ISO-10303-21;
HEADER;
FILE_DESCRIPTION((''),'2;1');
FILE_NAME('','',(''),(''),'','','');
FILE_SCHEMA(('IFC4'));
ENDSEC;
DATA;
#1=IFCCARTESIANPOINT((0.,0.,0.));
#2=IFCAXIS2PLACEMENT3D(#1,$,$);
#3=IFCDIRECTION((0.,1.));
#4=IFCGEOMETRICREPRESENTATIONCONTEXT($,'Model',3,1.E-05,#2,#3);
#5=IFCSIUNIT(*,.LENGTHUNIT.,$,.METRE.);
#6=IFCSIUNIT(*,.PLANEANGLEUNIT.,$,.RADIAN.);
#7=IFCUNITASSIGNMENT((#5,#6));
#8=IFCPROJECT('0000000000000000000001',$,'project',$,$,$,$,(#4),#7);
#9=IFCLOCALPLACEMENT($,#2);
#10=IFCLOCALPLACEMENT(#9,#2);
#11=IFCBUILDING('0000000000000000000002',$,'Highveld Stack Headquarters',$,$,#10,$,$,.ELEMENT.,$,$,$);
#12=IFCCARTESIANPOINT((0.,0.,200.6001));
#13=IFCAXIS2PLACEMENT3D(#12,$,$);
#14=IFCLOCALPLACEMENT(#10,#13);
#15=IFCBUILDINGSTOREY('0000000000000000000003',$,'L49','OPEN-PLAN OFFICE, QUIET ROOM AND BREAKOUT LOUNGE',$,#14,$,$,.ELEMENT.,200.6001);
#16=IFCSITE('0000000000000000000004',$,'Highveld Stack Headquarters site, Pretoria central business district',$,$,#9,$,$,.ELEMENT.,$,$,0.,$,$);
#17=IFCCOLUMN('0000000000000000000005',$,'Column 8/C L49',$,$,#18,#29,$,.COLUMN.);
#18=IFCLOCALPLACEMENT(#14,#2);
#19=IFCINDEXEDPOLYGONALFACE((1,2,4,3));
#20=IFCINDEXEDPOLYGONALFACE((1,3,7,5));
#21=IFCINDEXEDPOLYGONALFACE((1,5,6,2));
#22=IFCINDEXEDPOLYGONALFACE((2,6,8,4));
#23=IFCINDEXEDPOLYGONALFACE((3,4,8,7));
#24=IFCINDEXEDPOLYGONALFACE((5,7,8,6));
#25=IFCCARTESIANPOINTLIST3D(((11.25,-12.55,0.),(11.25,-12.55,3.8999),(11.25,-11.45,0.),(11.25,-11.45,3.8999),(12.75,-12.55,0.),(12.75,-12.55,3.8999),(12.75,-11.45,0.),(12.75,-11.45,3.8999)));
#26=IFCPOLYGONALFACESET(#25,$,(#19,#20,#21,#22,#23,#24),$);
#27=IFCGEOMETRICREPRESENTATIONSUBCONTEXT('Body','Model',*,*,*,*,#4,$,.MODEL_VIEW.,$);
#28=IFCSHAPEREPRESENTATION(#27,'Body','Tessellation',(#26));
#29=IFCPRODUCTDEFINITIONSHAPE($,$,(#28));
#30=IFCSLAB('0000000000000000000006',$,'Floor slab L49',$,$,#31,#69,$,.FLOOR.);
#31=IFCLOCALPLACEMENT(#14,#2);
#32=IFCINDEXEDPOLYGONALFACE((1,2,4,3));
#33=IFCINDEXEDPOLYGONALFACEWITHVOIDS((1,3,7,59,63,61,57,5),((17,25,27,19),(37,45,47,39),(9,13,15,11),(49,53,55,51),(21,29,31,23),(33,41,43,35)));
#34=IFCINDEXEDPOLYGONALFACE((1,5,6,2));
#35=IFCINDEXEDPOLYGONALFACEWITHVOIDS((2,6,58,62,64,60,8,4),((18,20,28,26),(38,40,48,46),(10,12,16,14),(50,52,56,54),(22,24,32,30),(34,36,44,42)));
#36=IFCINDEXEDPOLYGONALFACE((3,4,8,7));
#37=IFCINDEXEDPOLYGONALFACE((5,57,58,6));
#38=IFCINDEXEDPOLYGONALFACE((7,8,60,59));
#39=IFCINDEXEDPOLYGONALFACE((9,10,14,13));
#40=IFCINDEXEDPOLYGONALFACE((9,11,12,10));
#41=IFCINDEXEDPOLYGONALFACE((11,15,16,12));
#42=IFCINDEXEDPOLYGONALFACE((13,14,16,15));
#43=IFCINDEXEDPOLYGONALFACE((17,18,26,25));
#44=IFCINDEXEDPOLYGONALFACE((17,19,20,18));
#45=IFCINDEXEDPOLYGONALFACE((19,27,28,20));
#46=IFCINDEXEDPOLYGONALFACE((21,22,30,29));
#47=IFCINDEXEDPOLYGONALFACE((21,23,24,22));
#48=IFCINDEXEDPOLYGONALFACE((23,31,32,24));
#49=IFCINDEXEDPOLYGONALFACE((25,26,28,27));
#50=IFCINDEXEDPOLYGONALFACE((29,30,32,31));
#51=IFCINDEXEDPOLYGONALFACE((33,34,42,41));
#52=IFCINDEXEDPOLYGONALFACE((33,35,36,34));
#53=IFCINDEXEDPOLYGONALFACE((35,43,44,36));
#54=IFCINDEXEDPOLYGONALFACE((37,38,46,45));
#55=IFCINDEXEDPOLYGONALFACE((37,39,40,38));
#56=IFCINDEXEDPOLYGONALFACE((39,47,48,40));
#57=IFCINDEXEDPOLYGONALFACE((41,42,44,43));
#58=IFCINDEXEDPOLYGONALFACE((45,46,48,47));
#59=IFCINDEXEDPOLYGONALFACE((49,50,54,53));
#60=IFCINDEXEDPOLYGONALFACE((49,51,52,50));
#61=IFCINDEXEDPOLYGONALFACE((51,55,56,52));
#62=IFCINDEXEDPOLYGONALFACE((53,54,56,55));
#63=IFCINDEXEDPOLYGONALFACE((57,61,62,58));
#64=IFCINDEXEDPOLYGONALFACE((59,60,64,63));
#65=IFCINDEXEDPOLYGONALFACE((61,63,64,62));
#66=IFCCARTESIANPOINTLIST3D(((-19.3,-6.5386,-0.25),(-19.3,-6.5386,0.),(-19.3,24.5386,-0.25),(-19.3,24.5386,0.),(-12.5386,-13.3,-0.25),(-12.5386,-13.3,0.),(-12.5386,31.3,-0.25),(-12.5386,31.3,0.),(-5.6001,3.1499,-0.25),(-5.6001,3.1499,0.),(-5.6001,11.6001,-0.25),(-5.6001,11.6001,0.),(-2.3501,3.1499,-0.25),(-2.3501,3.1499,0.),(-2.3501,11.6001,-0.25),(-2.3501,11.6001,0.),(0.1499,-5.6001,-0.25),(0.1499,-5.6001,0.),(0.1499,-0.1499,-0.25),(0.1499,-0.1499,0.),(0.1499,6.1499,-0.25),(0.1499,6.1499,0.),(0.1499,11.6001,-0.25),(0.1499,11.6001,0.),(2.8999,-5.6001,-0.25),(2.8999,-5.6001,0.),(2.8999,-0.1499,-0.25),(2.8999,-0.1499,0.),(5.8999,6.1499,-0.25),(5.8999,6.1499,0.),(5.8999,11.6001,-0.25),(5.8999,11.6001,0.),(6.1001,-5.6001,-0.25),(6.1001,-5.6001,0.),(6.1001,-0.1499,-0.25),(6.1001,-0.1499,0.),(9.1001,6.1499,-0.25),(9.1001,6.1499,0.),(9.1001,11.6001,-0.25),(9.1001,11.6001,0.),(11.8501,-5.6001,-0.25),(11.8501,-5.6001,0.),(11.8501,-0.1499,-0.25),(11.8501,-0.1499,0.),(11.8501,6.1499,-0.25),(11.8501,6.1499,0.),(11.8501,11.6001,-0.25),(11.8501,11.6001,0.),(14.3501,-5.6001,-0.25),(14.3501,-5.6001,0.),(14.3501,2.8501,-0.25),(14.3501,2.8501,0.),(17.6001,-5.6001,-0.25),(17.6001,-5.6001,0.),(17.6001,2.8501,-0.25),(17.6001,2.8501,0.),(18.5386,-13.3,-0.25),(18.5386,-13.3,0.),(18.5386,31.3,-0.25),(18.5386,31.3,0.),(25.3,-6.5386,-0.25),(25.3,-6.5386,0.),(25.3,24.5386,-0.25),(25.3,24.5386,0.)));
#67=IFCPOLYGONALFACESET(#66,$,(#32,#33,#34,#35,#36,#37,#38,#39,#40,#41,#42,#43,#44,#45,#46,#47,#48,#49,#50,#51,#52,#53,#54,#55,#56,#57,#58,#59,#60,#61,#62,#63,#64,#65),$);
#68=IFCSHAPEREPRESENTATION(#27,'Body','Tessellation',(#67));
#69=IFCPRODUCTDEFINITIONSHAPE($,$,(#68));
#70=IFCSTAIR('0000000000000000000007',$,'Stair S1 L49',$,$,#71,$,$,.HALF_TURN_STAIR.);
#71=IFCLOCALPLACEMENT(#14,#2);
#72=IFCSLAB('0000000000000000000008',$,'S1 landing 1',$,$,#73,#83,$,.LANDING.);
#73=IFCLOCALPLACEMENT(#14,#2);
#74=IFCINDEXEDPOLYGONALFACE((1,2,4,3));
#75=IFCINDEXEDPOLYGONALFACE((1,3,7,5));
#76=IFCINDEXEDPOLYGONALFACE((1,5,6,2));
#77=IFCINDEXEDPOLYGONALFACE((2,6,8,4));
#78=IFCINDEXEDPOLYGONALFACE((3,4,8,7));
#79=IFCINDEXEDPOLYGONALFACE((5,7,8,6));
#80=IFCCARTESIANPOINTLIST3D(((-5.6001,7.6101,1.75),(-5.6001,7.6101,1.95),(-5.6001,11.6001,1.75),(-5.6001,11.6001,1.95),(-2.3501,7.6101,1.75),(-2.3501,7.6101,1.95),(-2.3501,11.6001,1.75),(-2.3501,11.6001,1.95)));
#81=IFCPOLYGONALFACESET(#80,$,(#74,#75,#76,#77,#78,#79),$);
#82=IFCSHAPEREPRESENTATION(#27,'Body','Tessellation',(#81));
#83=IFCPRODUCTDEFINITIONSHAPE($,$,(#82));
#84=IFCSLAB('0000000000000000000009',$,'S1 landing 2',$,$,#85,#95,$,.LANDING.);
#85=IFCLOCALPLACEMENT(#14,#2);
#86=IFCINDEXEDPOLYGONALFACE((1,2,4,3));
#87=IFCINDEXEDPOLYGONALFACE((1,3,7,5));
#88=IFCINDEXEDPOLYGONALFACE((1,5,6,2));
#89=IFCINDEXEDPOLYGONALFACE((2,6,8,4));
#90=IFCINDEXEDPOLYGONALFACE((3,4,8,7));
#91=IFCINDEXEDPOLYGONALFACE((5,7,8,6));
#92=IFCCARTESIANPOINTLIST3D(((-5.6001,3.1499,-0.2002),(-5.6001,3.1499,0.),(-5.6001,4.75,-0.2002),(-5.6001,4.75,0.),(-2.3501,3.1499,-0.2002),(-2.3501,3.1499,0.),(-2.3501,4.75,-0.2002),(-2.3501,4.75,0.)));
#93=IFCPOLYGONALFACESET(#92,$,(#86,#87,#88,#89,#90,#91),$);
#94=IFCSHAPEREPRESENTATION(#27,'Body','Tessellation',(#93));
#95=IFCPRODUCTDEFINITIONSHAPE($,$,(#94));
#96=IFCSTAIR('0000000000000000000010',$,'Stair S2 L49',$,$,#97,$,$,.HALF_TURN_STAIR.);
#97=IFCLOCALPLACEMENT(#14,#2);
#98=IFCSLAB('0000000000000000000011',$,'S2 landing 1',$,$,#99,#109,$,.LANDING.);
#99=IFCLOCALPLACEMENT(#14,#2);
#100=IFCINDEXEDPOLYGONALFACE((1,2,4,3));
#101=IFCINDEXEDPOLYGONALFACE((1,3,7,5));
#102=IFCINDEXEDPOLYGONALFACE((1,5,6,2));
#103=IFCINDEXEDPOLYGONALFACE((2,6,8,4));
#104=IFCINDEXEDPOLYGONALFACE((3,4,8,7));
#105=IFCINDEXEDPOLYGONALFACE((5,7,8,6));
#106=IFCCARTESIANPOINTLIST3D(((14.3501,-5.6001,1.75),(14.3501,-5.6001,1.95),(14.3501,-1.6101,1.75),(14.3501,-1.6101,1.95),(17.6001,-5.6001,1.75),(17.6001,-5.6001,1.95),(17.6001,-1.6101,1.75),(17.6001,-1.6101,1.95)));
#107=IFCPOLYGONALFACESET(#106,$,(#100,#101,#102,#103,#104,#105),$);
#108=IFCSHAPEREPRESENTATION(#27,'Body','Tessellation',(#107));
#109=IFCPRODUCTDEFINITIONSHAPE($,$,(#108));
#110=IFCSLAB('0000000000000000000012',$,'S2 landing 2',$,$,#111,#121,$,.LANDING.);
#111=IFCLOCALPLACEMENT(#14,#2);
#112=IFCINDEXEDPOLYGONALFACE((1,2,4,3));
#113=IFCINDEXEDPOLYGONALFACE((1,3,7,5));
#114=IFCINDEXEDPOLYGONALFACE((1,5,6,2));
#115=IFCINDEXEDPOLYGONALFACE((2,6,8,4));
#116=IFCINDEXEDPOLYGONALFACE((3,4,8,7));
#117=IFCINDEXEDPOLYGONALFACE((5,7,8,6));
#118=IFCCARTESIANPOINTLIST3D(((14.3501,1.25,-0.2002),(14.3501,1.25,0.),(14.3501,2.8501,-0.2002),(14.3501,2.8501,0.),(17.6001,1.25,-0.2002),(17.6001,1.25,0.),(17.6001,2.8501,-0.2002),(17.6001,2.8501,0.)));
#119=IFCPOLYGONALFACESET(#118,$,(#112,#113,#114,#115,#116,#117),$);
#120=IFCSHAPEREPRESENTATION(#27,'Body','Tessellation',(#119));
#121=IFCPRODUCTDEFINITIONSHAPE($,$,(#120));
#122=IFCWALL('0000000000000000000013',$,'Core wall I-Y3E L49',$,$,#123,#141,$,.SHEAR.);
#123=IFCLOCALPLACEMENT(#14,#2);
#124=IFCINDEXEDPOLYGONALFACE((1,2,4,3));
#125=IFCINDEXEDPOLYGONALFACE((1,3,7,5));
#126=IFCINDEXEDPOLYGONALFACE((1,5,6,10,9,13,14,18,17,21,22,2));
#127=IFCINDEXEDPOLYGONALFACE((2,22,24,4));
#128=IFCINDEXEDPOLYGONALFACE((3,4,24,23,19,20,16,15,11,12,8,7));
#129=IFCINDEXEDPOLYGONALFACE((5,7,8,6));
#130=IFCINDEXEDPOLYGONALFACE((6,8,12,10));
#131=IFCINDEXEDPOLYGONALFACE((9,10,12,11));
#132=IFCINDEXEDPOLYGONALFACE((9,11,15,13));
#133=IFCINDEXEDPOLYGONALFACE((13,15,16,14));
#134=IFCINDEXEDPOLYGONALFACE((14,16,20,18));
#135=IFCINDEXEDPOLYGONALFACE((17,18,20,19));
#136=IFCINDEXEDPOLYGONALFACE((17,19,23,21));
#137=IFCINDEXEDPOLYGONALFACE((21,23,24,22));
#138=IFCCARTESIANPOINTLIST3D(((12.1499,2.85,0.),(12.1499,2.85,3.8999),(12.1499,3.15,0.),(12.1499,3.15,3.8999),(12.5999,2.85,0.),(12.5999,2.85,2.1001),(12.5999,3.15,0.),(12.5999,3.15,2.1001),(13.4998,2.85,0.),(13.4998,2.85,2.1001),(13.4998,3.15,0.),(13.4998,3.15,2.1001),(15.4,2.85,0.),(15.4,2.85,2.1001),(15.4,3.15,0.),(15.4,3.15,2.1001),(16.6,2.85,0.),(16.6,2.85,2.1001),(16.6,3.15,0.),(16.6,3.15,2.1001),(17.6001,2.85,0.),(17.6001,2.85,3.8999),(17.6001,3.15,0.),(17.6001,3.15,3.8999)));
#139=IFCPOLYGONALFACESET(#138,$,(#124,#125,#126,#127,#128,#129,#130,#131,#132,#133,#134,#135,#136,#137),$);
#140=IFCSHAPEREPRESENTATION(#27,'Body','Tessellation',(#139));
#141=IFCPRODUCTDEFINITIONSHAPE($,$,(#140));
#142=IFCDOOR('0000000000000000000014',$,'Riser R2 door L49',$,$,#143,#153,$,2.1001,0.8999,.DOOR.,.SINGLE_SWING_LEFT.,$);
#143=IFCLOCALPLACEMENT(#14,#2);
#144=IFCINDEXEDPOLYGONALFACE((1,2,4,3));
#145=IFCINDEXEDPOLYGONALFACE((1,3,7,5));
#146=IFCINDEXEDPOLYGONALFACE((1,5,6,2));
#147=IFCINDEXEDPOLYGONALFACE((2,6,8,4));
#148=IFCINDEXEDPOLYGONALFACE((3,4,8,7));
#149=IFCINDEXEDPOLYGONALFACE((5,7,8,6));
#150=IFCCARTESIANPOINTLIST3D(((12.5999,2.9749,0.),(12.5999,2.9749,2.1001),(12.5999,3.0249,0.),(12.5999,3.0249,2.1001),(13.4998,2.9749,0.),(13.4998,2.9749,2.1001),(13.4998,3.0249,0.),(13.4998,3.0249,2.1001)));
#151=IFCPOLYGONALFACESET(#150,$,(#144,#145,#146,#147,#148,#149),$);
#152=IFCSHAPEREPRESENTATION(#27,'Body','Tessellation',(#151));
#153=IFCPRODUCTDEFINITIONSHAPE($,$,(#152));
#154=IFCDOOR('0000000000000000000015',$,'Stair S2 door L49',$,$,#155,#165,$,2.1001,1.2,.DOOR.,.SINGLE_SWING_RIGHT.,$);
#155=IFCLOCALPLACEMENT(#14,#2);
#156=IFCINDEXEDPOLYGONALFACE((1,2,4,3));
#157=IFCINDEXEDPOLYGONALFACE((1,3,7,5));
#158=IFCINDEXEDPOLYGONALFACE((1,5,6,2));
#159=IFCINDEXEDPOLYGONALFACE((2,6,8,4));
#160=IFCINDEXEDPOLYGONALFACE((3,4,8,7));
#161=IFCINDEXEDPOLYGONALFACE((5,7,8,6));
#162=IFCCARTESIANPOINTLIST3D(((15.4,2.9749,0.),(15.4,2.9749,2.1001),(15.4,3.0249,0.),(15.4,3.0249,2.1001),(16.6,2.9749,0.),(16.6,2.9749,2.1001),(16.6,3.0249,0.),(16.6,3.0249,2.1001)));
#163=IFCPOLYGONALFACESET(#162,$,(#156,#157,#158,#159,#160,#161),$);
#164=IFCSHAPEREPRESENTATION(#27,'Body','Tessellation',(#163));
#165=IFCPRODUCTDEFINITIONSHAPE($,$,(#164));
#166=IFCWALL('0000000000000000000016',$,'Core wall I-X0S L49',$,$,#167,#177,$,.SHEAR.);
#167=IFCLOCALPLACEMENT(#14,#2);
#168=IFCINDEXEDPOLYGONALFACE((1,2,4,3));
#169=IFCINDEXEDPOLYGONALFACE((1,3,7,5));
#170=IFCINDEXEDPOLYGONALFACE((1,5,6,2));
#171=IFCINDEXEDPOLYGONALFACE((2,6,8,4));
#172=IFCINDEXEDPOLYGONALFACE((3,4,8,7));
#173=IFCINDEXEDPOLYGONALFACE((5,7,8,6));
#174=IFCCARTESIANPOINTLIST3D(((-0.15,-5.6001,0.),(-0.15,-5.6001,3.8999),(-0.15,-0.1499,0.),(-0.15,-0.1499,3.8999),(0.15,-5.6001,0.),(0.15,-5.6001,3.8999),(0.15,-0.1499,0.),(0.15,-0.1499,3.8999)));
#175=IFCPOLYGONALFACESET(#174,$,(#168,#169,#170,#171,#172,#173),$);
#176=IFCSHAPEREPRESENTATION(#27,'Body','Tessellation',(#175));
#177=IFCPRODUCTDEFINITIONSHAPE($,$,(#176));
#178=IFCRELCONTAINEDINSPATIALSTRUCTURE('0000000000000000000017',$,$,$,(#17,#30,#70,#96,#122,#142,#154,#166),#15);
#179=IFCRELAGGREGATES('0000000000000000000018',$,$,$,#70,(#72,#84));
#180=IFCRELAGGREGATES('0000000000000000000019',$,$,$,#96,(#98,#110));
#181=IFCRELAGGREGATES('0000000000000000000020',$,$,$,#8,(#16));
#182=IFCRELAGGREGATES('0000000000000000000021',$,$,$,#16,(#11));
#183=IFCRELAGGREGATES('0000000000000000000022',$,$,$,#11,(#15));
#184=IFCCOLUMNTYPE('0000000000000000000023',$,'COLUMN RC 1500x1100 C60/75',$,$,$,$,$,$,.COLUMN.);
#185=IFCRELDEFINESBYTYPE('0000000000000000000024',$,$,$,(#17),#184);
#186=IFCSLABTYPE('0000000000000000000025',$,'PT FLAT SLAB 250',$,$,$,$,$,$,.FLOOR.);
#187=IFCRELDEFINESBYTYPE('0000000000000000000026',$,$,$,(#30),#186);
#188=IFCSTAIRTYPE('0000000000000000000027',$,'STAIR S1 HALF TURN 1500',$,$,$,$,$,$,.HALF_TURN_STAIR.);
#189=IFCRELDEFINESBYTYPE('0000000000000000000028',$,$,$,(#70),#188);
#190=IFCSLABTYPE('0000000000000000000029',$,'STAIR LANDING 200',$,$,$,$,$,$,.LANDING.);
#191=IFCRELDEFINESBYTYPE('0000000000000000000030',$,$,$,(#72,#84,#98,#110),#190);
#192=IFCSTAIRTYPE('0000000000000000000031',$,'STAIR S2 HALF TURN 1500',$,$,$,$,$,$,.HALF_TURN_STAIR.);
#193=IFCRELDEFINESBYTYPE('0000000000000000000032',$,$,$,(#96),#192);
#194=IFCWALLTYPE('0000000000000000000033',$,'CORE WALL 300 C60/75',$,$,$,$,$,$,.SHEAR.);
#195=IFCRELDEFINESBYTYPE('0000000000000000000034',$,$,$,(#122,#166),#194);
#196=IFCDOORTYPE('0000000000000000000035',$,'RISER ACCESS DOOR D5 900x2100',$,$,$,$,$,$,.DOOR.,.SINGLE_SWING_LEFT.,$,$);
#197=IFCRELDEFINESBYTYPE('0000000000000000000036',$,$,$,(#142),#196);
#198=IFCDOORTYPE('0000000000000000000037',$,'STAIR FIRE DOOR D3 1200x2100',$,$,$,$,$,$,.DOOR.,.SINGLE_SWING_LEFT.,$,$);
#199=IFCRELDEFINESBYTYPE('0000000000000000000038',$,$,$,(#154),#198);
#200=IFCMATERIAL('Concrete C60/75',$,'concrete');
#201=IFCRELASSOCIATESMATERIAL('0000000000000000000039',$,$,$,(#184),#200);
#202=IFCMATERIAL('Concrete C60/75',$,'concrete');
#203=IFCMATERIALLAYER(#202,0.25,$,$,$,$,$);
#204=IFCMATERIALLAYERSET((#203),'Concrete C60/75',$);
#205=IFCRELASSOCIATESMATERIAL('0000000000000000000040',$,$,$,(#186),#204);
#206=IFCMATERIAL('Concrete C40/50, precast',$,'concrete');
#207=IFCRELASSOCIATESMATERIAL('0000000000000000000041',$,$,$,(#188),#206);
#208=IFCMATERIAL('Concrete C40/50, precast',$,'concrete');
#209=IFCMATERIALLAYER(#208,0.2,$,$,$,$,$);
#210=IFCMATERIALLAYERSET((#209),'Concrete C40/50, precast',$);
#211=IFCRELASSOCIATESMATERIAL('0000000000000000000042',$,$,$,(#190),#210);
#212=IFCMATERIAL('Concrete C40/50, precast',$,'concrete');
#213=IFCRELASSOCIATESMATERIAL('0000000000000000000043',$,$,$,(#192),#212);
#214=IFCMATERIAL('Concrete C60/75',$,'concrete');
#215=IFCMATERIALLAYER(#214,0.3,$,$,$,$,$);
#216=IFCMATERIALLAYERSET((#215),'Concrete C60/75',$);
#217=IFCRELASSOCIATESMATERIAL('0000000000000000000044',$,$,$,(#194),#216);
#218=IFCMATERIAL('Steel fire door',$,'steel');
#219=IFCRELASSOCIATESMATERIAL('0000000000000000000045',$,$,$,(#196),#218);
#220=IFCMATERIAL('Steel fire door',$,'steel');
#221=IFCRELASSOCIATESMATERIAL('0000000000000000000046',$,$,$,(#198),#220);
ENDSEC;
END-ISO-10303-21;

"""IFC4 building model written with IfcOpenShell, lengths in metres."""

from ifc_helpers import new_model, si_unit, direction, frame, frame_2d, origin, origin_2d, place, context, subcontext, project, spatial, polyline, rectangle, outline, extrude, material, layer, layer_set, material_profile, profile_set, type_object, element, fill, aggregate, save


model = new_model("IFC4")

# Units and contexts
model_context = context("Model", 3, precision=1e-05, world=origin(), true_north=direction((0.0, 1.0)))
body_context = subcontext(model_context, "Body", "Model", "MODEL_VIEW")
ifc_project = project(units=[si_unit("LENGTHUNIT", "METRE"), si_unit("PLANEANGLEUNIT", "RADIAN")], contexts=[model_context])

# Site, building, storey
site_placement = place(None, origin())
site = spatial("IfcSite", under=ifc_project, at=site_placement, Name="Highveld Stack Headquarters site, Pretoria central business district", CompositionType="ELEMENT", RefElevation=0.0)
building_placement = place(site_placement, origin())
building = spatial("IfcBuilding", under=site, at=building_placement, Name="Highveld Stack Headquarters", CompositionType="ELEMENT")
storey_placement = place(building_placement, frame((0.0, 0.0, 200.6001)))
storey = spatial("IfcBuildingStorey", under=building, at=storey_placement, Name="L49", Description="OPEN-PLAN OFFICE, QUIET ROOM AND BREAKOUT LOUNGE", CompositionType="ELEMENT", Elevation=200.6001)

# Column
ifc_material_1 = material(Name="Concrete C60/75", Category="concrete")
ifc_material_profile = material_profile(ifc_material_1, rectangle(XDim=1.5, YDim=1.1001, at=origin_2d()), Name="RC 1500x1100")
ifc_profile_set = profile_set([ifc_material_profile], Name="Concrete C60/75")
column_type = type_object("IfcColumnType", Name="COLUMN RC 1500x1100 C60/75", PredefinedType="COLUMN", material=ifc_profile_set)
column_placement = place(storey_placement, frame((12.0, -12.0, 0.0), z_axis=(0.0, 0.0, 1.0), x_axis=(1.0, 0.0, 0.0)))
element("IfcColumn", 1, at=column_placement, inside=storey, type_object=column_type, Name="Column 8/C L49", PredefinedType="COLUMN", context=body_context, shape_type="SweptSolid", body=[
    extrude(rectangle(XDim=1.5, YDim=1.1001, at=origin_2d()), origin(), (0.0, 0.0, 1.0), 3.8999),
])

# Slab
ifc_material_2 = material(Name="Concrete C60/75", Category="concrete")
ifc_layer_1 = layer(ifc_material_2, 0.25)
ifc_layer_set_1 = layer_set([ifc_layer_1], Name="Concrete C60/75")
slab_type_1 = type_object("IfcSlabType", Name="PT FLAT SLAB 250", PredefinedType="FLOOR", material=ifc_layer_set_1)
slab_1_placement = place(storey_placement, frame((0.0, 0.0, -0.25)))
element("IfcSlab", 2, at=slab_1_placement, inside=storey, type_object=slab_type_1, Name="Floor slab L49", PredefinedType="FLOOR", context=body_context, shape_type="SweptSolid", body=[
    extrude(outline(polyline([(-12.5386, -13.3), (18.5386, -13.3), (25.3, -6.5386), (25.3, 24.5386), (18.5386, 31.3), (-12.5386, 31.3), (-19.3, 24.5386), (-19.3, -6.5386), (-12.5386, -13.3)]), holes=[polyline([(0.1499, 6.1499), (5.8999, 6.1499), (5.8999, 11.6001), (0.1499, 11.6001), (0.1499, 6.1499)]), polyline([(9.1001, 6.1499), (11.8501, 6.1499), (11.8501, 11.6001), (9.1001, 11.6001), (9.1001, 6.1499)]), polyline([(6.1001, -5.6001), (11.8501, -5.6001), (11.8501, -0.1499), (6.1001, -0.1499), (6.1001, -5.6001)]), polyline([(0.1499, -5.6001), (2.8999, -5.6001), (2.8999, -0.1499), (0.1499, -0.1499), (0.1499, -5.6001)]), polyline([(-5.6001, 3.1499), (-2.3501, 3.1499), (-2.3501, 11.6001), (-5.6001, 11.6001), (-5.6001, 3.1499)]), polyline([(14.3501, -5.6001), (17.6001, -5.6001), (17.6001, 2.8501), (14.3501, 2.8501), (14.3501, -5.6001)])]), origin(), (0.0, 0.0, 1.0), 0.25),
])

# Stairs, slabs
ifc_material_3 = material(Name="Concrete C40/50, precast", Category="concrete")
stair_type_1 = type_object("IfcStairType", Name="STAIR S1 HALF TURN 1500", PredefinedType="HALF_TURN_STAIR", material=ifc_material_3)
stair_1_placement = place(storey_placement, origin())
stair_1 = element("IfcStair", 3, at=stair_1_placement, inside=storey, type_object=stair_type_1, Name="Stair S1 L49", PredefinedType="HALF_TURN_STAIR")
ifc_material_4 = material(Name="Concrete C40/50, precast", Category="concrete")
ifc_layer_2 = layer(ifc_material_4, 0.2)
ifc_layer_set_2 = layer_set([ifc_layer_2], Name="Concrete C40/50, precast")
slab_type_2 = type_object("IfcSlabType", Name="STAIR LANDING 200", PredefinedType="LANDING", material=ifc_layer_set_2)
slab_2_placement = place(storey_placement, frame((0.0, 0.0, 1.75)))
slab_2 = element("IfcSlab", 4, at=slab_2_placement, type_object=slab_type_2, Name="S1 landing 1", PredefinedType="LANDING", context=body_context, shape_type="SweptSolid", body=[
    extrude(outline(polyline([(-5.6001, 7.6101), (-2.3501, 7.6101), (-2.3501, 11.6001), (-5.6001, 11.6001), (-5.6001, 7.6101)])), origin(), (0.0, 0.0, 1.0), 0.2),
])
slab_3_placement = place(storey_placement, frame((0.0, 0.0, -0.2002)))
slab_3 = element("IfcSlab", 5, at=slab_3_placement, type_object=slab_type_2, Name="S1 landing 2", PredefinedType="LANDING", context=body_context, shape_type="SweptSolid", body=[
    extrude(outline(polyline([(-5.6001, 3.1499), (-2.3501, 3.1499), (-2.3501, 4.75), (-5.6001, 4.75), (-5.6001, 3.1499)])), origin(), (0.0, 0.0, 1.0), 0.2002),
])
aggregate(stair_1, [slab_2, slab_3])
ifc_material_5 = material(Name="Concrete C40/50, precast", Category="concrete")
stair_type_2 = type_object("IfcStairType", Name="STAIR S2 HALF TURN 1500", PredefinedType="HALF_TURN_STAIR", material=ifc_material_5)
stair_2_placement = place(storey_placement, origin())
stair_2 = element("IfcStair", 6, at=stair_2_placement, inside=storey, type_object=stair_type_2, Name="Stair S2 L49", PredefinedType="HALF_TURN_STAIR")
slab_4_placement = place(storey_placement, frame((0.0, 0.0, 1.75)))
slab_4 = element("IfcSlab", 7, at=slab_4_placement, type_object=slab_type_2, Name="S2 landing 1", PredefinedType="LANDING", context=body_context, shape_type="SweptSolid", body=[
    extrude(outline(polyline([(14.3501, -5.6001), (17.6001, -5.6001), (17.6001, -1.6101), (14.3501, -1.6101), (14.3501, -5.6001)])), origin(), (0.0, 0.0, 1.0), 0.2),
])
slab_5_placement = place(storey_placement, frame((0.0, 0.0, -0.2002)))
slab_5 = element("IfcSlab", 8, at=slab_5_placement, type_object=slab_type_2, Name="S2 landing 2", PredefinedType="LANDING", context=body_context, shape_type="SweptSolid", body=[
    extrude(outline(polyline([(14.3501, 1.25), (17.6001, 1.25), (17.6001, 2.8501), (14.3501, 2.8501), (14.3501, 1.25)])), origin(), (0.0, 0.0, 1.0), 0.2002),
])

# Wall, openings, doors
ifc_material_6 = material(Name="Concrete C60/75", Category="concrete")
ifc_layer_3 = layer(ifc_material_6, 0.3)
ifc_layer_set_3 = layer_set([ifc_layer_3], Name="Concrete C60/75")
wall_type_1 = type_object("IfcWallType", Name="CORE WALL 300 C60/75", PredefinedType="SHEAR", material=ifc_layer_set_3)
wall_1_placement = place(storey_placement, frame((12.1499, 3.0, 0.0), z_axis=(0.0, 0.0, 1.0), x_axis=(1.0, 0.0, 0.0)))
wall_1 = element("IfcWall", 9, at=wall_1_placement, inside=storey, type_object=wall_type_1, Name="Core wall I-Y3E L49", PredefinedType="SHEAR", context=body_context, shape_type="SweptSolid", body=[
    extrude(rectangle(XDim=5.4502, YDim=0.3, at=frame_2d((2.7251, 0.0))), origin(), (0.0, 0.0, 1.0), 3.8999),
])
opening_1_placement = place(wall_1_placement, frame((3.25, 0.0, 0.0)))
opening_1 = element("IfcOpeningElement", 10, at=opening_1_placement, cuts=wall_1, PredefinedType="OPENING", context=body_context, shape_type="SweptSolid", body=[
    extrude(rectangle(XDim=1.2, YDim=2.1001, at=frame_2d((0.6001, 1.05))), frame((0.0, 0.1599, 0.0), z_axis=(0.0, -1.0, 0.0), x_axis=(1.0, 0.0, 0.0)), (0.0, 0.0, 1.0), 0.3201),
])
opening_2_placement = place(wall_1_placement, frame((0.45, 0.0, 0.0)))
opening_2 = element("IfcOpeningElement", 11, at=opening_2_placement, cuts=wall_1, PredefinedType="OPENING", context=body_context, shape_type="SweptSolid", body=[
    extrude(rectangle(XDim=0.8999, YDim=2.1001, at=frame_2d((0.45, 1.05))), frame((0.0, 0.1599, 0.0), z_axis=(0.0, -1.0, 0.0), x_axis=(1.0, 0.0, 0.0)), (0.0, 0.0, 1.0), 0.3201),
])
ifc_material_7 = material(Name="Steel fire door", Category="steel")
door_type_1 = type_object("IfcDoorType", Name="RISER ACCESS DOOR D5 900x2100", OperationType="SINGLE_SWING_LEFT", PredefinedType="DOOR", material=ifc_material_7)
door_1_placement = place(opening_2_placement, origin())
door_1 = element("IfcDoor", 12, at=door_1_placement, inside=storey, type_object=door_type_1, Name="Riser R2 door L49", OperationType="SINGLE_SWING_LEFT", OverallHeight=2.1001, OverallWidth=0.8999, PredefinedType="DOOR", context=body_context, shape_type="SweptSolid", body=[
    extrude(rectangle(XDim=0.8999, YDim=2.1001, at=frame_2d((0.45, 1.05))), frame((0.0, 0.0249, 0.0), z_axis=(0.0, -1.0, 0.0), x_axis=(1.0, 0.0, 0.0)), (0.0, 0.0, 1.0), 0.05),
])
fill(opening_2, door_1)
ifc_material_8 = material(Name="Steel fire door", Category="steel")
door_type_2 = type_object("IfcDoorType", Name="STAIR FIRE DOOR D3 1200x2100", OperationType="SINGLE_SWING_LEFT", PredefinedType="DOOR", material=ifc_material_8)
door_2_placement = place(opening_1_placement, origin())
door_2 = element("IfcDoor", 13, at=door_2_placement, inside=storey, type_object=door_type_2, Name="Stair S2 door L49", OperationType="SINGLE_SWING_RIGHT", OverallHeight=2.1001, OverallWidth=1.2, PredefinedType="DOOR", context=body_context, shape_type="SweptSolid", body=[
    extrude(rectangle(XDim=1.2, YDim=2.1001, at=frame_2d((0.6001, 1.05))), frame((0.0, 0.0249, 0.0), z_axis=(0.0, -1.0, 0.0), x_axis=(1.0, 0.0, 0.0)), (0.0, 0.0, 1.0), 0.05),
])
fill(opening_1, door_2)

# Wall
wall_2_placement = place(storey_placement, frame((0.0, -5.6001, 0.0), z_axis=(0.0, 0.0, 1.0), x_axis=(0.0, 1.0, 0.0)))
element("IfcWall", 14, at=wall_2_placement, inside=storey, type_object=wall_type_1, Name="Core wall I-X0S L49", PredefinedType="SHEAR", context=body_context, shape_type="SweptSolid", body=[
    extrude(rectangle(XDim=5.4502, YDim=0.3, at=frame_2d((2.7251, 0.0))), origin(), (0.0, 0.0, 1.0), 3.8999),
])

aggregate(stair_2, [slab_4, slab_5])

save(model, "model.ifc")
